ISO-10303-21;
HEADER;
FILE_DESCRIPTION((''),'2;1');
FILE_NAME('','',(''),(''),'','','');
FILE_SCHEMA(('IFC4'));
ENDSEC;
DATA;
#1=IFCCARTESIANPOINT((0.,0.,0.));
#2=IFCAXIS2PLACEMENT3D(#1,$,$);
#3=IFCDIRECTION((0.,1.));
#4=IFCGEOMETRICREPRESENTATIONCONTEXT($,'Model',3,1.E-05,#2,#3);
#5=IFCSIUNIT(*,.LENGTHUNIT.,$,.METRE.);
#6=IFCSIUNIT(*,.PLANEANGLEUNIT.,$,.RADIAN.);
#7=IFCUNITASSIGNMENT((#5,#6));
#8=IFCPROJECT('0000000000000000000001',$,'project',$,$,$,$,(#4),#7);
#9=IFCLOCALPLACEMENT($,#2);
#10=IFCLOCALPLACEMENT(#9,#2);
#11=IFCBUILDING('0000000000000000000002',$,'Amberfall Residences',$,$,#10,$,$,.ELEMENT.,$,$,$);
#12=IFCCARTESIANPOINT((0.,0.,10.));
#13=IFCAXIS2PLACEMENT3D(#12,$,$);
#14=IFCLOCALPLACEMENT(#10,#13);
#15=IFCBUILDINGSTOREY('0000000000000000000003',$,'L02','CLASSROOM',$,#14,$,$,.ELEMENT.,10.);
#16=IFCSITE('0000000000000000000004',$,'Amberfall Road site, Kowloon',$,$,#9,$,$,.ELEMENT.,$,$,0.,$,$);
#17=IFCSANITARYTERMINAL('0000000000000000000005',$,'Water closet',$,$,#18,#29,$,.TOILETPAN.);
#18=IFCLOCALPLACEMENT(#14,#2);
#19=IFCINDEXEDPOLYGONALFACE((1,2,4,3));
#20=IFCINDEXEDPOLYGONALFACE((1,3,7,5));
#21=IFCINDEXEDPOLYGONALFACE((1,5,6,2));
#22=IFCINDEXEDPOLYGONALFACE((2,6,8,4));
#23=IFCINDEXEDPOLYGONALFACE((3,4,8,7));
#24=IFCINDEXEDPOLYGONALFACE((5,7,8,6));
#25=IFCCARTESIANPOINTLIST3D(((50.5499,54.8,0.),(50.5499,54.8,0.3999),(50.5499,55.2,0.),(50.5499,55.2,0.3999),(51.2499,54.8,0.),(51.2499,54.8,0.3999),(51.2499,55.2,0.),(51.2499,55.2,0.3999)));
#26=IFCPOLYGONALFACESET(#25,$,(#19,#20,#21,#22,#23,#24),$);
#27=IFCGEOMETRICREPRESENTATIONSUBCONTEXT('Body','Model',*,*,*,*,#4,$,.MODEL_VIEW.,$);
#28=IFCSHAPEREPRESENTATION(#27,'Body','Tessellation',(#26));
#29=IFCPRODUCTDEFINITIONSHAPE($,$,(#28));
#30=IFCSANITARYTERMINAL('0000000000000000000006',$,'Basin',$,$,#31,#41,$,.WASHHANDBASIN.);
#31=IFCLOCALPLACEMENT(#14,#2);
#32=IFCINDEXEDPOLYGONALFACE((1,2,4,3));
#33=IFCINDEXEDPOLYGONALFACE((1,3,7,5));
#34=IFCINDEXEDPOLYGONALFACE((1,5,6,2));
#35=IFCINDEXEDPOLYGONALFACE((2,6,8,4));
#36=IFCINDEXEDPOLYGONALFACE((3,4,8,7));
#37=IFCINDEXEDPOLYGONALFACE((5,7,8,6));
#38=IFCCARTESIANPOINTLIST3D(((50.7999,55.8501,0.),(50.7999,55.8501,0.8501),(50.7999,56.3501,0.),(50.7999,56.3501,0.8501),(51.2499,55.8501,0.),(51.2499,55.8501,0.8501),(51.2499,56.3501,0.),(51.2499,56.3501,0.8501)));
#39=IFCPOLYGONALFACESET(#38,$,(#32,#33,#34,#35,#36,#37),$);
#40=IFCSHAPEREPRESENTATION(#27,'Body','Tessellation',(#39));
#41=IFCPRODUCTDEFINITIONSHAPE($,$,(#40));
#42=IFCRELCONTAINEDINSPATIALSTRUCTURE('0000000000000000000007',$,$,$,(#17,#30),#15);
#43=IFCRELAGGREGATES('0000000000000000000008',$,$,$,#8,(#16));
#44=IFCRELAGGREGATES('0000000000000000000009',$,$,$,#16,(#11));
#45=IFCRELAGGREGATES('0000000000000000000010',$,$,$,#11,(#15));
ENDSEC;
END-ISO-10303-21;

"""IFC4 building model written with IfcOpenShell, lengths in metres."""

from ifc_helpers import new_model, si_unit, direction, frame, origin, origin_2d, place, context, subcontext, project, spatial, rectangle, extrude, element, save


model = new_model("IFC4")

# Units and contexts
model_context = context("Model", 3, precision=1e-05, world=origin(), true_north=direction((0.0, 1.0)))
body_context = subcontext(model_context, "Body", "Model", "MODEL_VIEW")
ifc_project = project(units=[si_unit("LENGTHUNIT", "METRE"), si_unit("PLANEANGLEUNIT", "RADIAN")], contexts=[model_context])

# Site, building, storey
site_placement = place(None, origin())
site = spatial("IfcSite", under=ifc_project, at=site_placement, Name="Amberfall Road site, Kowloon", CompositionType="ELEMENT", RefElevation=0.0)
building_placement = place(site_placement, origin())
building = spatial("IfcBuilding", under=site, at=building_placement, Name="Amberfall Residences", CompositionType="ELEMENT")
storey_placement = place(building_placement, frame((0.0, 0.0, 10.0)))
storey = spatial("IfcBuildingStorey", under=building, at=storey_placement, Name="L02", Description="CLASSROOM", CompositionType="ELEMENT", Elevation=10.0)

# Sanitary terminals
sanitary_terminal_1_placement = place(storey_placement, frame((50.8999, 55.0, 0.0), z_axis=(0.0, 0.0, 1.0), x_axis=(1.0, 0.0, 0.0)))
element("IfcSanitaryTerminal", 1, at=sanitary_terminal_1_placement, inside=storey, Name="Water closet", PredefinedType="TOILETPAN", context=body_context, shape_type="SweptSolid", body=[
    extrude(rectangle(XDim=0.7, YDim=0.3999, at=origin_2d()), origin(), (0.0, 0.0, 1.0), 0.3999),
])
sanitary_terminal_2_placement = place(storey_placement, frame((51.0249, 56.1001, 0.0), z_axis=(0.0, 0.0, 1.0), x_axis=(1.0, 0.0, 0.0)))
element("IfcSanitaryTerminal", 2, at=sanitary_terminal_2_placement, inside=storey, Name="Basin", PredefinedType="WASHHANDBASIN", context=body_context, shape_type="SweptSolid", body=[
    extrude(rectangle(XDim=0.45, YDim=0.5, at=origin_2d()), origin(), (0.0, 0.0, 1.0), 0.8501),
])

save(model, "model.ifc")
